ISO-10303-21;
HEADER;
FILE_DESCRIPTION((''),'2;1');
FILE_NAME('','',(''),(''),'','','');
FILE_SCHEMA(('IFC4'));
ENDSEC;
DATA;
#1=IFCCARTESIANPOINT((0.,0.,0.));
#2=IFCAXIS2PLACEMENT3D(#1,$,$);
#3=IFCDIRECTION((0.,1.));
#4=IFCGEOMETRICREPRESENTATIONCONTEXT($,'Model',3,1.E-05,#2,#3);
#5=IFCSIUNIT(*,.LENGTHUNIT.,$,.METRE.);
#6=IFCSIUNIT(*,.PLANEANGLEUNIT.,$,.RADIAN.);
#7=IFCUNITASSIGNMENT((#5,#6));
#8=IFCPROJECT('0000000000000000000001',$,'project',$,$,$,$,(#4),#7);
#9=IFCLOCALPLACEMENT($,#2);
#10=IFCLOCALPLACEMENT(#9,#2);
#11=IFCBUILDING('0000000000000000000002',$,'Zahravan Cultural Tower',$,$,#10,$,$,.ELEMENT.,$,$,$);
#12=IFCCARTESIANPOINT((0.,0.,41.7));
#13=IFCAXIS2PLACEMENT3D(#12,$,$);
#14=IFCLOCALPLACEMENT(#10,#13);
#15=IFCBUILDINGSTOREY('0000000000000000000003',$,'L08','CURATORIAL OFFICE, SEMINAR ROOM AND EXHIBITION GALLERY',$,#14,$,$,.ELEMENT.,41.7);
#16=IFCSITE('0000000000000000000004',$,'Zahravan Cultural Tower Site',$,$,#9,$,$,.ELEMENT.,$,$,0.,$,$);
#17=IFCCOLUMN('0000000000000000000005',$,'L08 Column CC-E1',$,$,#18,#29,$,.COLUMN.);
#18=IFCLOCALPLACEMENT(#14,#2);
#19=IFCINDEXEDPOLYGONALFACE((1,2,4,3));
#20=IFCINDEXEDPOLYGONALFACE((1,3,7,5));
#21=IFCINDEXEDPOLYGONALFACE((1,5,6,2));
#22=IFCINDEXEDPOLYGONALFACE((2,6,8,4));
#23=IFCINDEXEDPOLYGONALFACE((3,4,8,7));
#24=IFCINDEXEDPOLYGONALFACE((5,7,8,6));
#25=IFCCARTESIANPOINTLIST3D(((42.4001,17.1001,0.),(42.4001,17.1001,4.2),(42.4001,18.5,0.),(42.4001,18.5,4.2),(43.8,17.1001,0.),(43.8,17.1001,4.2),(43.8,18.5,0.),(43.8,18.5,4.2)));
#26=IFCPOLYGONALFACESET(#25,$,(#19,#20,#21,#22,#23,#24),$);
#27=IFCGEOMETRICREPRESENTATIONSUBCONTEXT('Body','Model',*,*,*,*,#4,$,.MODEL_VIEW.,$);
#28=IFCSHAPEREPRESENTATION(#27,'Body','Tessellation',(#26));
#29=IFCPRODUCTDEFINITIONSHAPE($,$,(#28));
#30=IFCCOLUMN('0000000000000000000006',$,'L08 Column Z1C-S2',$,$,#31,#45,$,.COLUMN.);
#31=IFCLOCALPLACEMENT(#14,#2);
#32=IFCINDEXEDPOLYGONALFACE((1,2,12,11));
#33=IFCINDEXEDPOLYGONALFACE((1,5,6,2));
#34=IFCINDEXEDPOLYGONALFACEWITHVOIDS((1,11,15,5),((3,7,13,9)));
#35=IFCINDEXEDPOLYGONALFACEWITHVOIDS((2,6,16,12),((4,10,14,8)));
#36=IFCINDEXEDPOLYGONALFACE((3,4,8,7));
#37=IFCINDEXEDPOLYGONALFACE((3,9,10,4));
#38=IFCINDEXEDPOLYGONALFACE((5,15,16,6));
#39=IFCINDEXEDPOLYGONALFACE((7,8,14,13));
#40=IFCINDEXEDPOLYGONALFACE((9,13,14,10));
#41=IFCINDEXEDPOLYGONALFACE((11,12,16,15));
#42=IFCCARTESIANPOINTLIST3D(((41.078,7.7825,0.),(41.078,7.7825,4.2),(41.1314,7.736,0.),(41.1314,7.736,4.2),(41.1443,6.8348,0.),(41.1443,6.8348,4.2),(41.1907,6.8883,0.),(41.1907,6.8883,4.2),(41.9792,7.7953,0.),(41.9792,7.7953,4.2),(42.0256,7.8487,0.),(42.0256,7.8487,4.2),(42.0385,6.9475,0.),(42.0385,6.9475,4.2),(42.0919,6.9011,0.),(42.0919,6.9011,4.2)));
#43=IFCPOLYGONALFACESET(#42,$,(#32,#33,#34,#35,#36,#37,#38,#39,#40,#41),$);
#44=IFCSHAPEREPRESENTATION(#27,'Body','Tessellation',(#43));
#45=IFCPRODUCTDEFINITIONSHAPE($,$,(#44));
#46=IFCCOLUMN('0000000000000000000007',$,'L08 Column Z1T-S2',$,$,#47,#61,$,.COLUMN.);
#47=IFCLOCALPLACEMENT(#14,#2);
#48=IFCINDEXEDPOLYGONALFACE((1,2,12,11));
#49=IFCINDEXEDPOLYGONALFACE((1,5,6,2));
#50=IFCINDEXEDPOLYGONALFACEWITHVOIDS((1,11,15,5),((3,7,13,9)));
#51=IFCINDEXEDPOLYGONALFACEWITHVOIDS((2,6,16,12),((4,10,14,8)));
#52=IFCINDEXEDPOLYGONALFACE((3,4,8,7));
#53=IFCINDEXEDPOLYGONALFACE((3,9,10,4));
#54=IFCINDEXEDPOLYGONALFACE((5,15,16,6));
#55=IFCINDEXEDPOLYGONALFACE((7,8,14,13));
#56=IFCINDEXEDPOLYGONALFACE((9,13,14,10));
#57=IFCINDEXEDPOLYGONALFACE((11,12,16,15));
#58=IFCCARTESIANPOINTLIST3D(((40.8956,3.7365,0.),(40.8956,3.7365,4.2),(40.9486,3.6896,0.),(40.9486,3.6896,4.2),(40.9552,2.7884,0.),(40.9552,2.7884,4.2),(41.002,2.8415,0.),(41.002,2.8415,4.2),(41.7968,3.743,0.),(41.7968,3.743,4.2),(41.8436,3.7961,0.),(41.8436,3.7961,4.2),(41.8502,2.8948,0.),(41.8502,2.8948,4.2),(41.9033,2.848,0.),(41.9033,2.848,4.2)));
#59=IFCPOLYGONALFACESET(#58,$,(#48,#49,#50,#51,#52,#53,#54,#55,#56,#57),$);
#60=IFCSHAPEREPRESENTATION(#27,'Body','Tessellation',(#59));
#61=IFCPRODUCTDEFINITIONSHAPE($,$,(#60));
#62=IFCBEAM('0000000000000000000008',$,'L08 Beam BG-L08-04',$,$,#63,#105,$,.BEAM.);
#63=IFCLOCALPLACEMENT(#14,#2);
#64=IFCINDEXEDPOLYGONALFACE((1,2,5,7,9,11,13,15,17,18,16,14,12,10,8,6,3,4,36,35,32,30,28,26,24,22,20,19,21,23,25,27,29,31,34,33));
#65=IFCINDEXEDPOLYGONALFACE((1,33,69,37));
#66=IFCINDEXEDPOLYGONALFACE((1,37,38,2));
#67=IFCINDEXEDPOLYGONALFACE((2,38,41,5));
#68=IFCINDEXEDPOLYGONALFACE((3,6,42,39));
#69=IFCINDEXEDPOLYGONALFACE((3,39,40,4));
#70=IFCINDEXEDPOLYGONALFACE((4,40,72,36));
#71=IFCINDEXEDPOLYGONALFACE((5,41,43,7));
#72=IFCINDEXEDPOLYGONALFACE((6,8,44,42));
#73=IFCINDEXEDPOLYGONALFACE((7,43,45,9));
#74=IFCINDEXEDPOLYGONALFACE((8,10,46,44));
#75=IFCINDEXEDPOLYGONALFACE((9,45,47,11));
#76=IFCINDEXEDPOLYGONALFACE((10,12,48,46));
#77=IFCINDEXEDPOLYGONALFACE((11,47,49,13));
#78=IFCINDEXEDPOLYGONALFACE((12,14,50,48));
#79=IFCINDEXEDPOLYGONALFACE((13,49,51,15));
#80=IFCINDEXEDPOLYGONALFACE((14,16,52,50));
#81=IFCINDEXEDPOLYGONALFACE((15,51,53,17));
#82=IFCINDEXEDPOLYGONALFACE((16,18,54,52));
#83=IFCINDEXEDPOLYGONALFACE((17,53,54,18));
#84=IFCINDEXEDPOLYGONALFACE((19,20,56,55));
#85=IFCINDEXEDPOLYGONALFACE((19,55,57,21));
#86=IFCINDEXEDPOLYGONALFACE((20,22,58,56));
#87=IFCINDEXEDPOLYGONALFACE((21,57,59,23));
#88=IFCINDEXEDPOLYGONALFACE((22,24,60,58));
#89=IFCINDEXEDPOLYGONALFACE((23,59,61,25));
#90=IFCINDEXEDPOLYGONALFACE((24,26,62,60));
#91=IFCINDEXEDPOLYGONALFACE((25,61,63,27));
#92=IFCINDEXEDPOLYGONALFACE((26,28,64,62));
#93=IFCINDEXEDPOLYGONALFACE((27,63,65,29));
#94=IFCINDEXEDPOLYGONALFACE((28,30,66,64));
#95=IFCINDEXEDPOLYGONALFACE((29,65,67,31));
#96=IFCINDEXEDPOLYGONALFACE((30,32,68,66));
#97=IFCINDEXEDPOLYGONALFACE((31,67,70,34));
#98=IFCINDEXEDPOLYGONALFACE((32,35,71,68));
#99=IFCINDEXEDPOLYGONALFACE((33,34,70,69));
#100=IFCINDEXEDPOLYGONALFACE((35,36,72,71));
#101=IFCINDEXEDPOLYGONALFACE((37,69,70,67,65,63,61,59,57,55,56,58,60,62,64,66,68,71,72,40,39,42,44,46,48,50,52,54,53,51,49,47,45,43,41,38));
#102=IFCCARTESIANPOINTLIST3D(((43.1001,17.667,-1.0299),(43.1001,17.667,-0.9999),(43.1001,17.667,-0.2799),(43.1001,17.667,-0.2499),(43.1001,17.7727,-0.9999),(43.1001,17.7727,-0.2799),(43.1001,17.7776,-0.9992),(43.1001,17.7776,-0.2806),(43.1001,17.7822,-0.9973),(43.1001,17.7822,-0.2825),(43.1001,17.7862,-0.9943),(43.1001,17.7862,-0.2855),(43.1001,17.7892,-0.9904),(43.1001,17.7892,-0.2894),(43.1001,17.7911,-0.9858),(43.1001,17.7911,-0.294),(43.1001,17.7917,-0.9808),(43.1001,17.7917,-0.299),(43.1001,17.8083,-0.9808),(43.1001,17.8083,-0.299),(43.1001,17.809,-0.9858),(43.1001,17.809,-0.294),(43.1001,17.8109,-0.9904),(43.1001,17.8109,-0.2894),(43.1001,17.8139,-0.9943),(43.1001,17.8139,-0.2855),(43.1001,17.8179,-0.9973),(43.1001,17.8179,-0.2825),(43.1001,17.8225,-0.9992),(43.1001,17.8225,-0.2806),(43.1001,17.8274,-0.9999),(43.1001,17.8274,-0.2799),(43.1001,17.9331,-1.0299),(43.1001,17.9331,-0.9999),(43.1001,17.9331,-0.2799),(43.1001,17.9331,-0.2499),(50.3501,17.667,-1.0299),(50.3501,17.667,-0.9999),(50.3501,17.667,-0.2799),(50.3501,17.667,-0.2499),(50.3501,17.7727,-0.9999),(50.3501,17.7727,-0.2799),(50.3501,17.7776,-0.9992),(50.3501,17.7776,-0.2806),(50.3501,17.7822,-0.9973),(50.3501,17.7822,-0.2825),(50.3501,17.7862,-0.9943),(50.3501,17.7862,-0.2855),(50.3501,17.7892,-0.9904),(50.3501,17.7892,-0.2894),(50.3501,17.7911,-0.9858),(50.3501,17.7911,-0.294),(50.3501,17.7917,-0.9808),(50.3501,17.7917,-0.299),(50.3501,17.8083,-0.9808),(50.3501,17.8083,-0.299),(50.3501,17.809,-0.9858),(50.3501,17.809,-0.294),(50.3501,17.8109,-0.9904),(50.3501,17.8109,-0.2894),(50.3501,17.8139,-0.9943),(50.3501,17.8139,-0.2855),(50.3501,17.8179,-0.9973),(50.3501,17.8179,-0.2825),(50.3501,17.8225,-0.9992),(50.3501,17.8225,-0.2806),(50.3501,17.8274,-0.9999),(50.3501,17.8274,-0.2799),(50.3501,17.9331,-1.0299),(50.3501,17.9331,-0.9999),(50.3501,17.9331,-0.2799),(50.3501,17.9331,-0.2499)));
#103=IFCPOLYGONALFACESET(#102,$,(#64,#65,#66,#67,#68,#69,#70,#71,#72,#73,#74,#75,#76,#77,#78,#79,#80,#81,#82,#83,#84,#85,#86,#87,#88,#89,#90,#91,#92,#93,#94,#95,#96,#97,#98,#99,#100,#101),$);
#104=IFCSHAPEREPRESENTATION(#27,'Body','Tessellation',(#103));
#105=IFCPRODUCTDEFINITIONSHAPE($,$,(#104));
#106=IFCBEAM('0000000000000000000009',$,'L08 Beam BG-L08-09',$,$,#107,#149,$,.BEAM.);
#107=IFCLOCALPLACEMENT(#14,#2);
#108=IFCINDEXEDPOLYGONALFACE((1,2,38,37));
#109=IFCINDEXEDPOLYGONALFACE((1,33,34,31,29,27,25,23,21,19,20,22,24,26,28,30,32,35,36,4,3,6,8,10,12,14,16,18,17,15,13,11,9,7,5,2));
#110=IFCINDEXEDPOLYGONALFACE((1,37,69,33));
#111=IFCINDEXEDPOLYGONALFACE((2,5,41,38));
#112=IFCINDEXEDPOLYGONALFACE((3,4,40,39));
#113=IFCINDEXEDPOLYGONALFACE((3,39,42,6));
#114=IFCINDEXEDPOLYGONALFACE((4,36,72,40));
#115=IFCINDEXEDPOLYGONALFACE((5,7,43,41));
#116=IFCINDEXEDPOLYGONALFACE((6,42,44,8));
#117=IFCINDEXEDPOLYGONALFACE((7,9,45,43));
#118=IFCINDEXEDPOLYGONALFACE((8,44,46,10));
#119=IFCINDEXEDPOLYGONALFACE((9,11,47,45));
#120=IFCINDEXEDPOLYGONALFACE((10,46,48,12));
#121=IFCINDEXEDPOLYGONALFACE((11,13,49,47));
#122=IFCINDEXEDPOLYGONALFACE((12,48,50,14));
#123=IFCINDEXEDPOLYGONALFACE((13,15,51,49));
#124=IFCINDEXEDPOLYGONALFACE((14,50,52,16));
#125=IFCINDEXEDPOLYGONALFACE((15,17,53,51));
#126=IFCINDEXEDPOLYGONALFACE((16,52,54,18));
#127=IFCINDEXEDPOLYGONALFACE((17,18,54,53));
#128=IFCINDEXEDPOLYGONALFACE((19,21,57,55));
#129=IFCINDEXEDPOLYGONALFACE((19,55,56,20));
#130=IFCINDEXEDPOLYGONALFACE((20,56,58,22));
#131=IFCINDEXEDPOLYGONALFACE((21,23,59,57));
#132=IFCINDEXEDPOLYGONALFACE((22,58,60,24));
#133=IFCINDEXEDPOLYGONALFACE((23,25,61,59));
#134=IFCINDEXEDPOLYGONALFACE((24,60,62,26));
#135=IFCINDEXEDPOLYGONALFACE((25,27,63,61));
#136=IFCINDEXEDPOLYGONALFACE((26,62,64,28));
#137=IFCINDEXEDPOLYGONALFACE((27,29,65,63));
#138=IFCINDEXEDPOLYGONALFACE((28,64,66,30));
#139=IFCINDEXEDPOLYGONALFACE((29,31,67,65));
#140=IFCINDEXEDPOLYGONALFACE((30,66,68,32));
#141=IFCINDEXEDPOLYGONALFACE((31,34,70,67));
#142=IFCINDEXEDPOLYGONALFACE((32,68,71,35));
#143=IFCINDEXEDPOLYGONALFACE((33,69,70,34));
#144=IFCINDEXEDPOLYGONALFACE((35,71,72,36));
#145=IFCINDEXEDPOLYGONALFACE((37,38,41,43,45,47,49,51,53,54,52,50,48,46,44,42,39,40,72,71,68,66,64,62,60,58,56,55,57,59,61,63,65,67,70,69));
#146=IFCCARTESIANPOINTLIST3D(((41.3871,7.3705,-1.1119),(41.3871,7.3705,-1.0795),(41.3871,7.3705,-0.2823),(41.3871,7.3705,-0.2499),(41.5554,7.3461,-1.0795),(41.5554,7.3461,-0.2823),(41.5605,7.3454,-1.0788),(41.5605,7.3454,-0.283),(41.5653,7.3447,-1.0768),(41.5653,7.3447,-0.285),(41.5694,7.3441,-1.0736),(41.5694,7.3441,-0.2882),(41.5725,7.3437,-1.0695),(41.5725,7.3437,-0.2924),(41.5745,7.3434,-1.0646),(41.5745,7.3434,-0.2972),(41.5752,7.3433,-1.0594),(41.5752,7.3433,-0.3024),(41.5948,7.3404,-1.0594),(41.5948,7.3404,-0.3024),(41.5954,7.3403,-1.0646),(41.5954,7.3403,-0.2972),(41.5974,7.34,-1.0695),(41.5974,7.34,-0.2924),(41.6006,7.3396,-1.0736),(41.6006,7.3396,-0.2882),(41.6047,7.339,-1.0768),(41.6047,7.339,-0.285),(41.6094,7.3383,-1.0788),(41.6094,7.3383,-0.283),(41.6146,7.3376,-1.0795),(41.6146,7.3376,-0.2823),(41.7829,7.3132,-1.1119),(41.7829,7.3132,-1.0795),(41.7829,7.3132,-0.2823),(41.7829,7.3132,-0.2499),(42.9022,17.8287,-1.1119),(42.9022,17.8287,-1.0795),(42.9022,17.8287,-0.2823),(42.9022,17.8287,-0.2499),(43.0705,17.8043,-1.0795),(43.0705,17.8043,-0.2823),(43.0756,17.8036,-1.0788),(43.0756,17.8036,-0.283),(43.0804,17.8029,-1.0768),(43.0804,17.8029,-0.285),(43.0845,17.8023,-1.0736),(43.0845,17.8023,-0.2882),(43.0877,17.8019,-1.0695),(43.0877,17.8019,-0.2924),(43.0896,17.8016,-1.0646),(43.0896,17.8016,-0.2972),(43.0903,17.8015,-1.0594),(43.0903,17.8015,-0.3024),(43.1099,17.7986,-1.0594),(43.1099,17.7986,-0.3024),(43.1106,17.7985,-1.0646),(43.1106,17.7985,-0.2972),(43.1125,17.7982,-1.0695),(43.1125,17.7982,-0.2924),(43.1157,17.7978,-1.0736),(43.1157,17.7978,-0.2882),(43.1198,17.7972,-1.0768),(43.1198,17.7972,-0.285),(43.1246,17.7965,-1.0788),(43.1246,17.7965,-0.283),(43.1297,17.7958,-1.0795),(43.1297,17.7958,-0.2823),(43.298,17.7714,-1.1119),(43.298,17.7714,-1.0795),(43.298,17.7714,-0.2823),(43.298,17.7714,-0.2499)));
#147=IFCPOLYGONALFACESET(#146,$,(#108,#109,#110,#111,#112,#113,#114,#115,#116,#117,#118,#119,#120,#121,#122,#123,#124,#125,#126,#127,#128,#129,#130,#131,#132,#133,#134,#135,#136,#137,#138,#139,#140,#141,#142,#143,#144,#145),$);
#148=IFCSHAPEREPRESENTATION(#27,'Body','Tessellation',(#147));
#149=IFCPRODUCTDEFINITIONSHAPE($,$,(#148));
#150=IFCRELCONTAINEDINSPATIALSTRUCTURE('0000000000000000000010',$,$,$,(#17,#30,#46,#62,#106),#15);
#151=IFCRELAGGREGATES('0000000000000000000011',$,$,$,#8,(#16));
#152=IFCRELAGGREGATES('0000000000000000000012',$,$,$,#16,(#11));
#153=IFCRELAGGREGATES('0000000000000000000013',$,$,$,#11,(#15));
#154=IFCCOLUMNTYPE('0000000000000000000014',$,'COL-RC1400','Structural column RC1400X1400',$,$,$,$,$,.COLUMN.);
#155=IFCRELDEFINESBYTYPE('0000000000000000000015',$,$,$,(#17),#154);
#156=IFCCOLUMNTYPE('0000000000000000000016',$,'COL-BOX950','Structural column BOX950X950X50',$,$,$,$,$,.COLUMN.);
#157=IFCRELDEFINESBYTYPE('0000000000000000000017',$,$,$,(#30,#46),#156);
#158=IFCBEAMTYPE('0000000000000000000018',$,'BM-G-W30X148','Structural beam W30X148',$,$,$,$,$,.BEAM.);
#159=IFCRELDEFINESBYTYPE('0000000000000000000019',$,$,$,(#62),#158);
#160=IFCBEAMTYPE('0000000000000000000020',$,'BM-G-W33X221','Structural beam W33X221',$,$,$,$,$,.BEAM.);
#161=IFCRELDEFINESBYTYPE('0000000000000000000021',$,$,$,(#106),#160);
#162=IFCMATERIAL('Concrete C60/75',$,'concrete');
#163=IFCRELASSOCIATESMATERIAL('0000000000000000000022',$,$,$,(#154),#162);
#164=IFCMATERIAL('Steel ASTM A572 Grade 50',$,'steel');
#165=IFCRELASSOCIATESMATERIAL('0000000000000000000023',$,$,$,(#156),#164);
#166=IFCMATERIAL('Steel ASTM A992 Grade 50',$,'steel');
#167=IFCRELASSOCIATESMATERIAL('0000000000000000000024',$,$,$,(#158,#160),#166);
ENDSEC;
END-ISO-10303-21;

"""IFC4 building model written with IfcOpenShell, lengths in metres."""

from ifc_helpers import new_model, si_unit, direction, frame, origin, origin_2d, place, context, subcontext, project, spatial, rectangle, hollow_rectangle, i_section, extrude, source, transform, mapped, material, material_profile, profile_set, type_object, element, save


model = new_model("IFC4")

# Units and contexts
model_context = context("Model", 3, precision=1e-05, world=origin(), true_north=direction((0.0, 1.0)))
body_context = subcontext(model_context, "Body", "Model", "MODEL_VIEW")
ifc_project = project(units=[si_unit("LENGTHUNIT", "METRE"), si_unit("PLANEANGLEUNIT", "RADIAN")], contexts=[model_context])

# Site, building, storey
site_placement = place(None, origin())
site = spatial("IfcSite", under=ifc_project, at=site_placement, Name="Zahravan Cultural Tower Site", CompositionType="ELEMENT", RefElevation=0.0)
building_placement = place(site_placement, origin())
building = spatial("IfcBuilding", under=site, at=building_placement, Name="Zahravan Cultural Tower", CompositionType="ELEMENT")
storey_placement = place(building_placement, frame((0.0, 0.0, 41.7)))
storey = spatial("IfcBuildingStorey", under=building, at=storey_placement, Name="L08", Description="CURATORIAL OFFICE, SEMINAR ROOM AND EXHIBITION GALLERY", CompositionType="ELEMENT", Elevation=41.7)

# Columns
ifc_material_1 = material(Name="Concrete C60/75", Category="concrete")
ifc_material_profile_1 = material_profile(ifc_material_1, rectangle(XDim=1.3999, YDim=1.3999, at=origin_2d()), Name="RC1400X1400")
ifc_profile_set_1 = profile_set([ifc_material_profile_1], Name="Concrete C60/75")
column_type_1 = type_object("IfcColumnType", Name="COL-RC1400", Description="Structural column RC1400X1400", PredefinedType="COLUMN", material=ifc_profile_set_1)
shared_shape_1 = source(origin(), body_context, "Body", "SweptSolid", [
    extrude(rectangle(XDim=1.3999, YDim=1.3999, at=origin_2d()), origin(), (0.0, 0.0, 1.0), 4.2),
])
column_placement = place(storey_placement, frame((43.1001, 17.8, 0.0), z_axis=(0.0, 0.0, 1.0), x_axis=(1.0, 0.0, 0.0)))
element("IfcColumn", 1, at=column_placement, inside=storey, type_object=column_type_1, Name="L08 Column CC-E1", PredefinedType="COLUMN", context=body_context, shape_type="MappedRepresentation", body=[
    mapped(shared_shape_1, transform((0.0, 0.0, 0.0), x_axis=(1.0, 0.0, 0.0), y_axis=(0.0, 1.0, 0.0), z_axis=(0.0, 0.0, 1.0), scale=1.0)),
])
ifc_material_2 = material(Name="Steel ASTM A572 Grade 50", Category="steel")
ifc_material_profile_2 = material_profile(ifc_material_2, hollow_rectangle(XDim=0.95, YDim=0.95, WallThickness=0.05, at=origin_2d()), Name="BOX950X950X50")
ifc_profile_set_2 = profile_set([ifc_material_profile_2], Name="Steel ASTM A572 Grade 50")
column_type_2 = type_object("IfcColumnType", Name="COL-BOX950", Description="Structural column BOX950X950X50", PredefinedType="COLUMN", material=ifc_profile_set_2)
shared_shape_2 = source(origin(), body_context, "Body", "SweptSolid", [
    extrude(hollow_rectangle(XDim=0.95, YDim=0.95, WallThickness=0.05, at=origin_2d()), origin(), (0.0, 0.0, 1.0), 4.2),
])
for number, where, z_axis, x_axis, name in (
    (2, (41.585, 7.3418, 0.0), (0.0, 0.0, 1.0), (-0.069756, 0.997564, 0.0), "L08 Column Z1C-S2"),
    (3, (41.3994, 3.2922, 0.0), (0.0, 0.0, 1.0), (-0.062791, 0.998027, 0.0), "L08 Column Z1T-S2"),
):
    element("IfcColumn", number, at=place(storey_placement, frame(where, z_axis=z_axis, x_axis=x_axis)), inside=storey, type_object=column_type_2, Name=name, PredefinedType="COLUMN", context=body_context, shape_type="MappedRepresentation", body=[
        mapped(shared_shape_2, transform((0.0, 0.0, 0.0), x_axis=(1.0, 0.0, 0.0), y_axis=(0.0, 1.0, 0.0), z_axis=(0.0, 0.0, 1.0), scale=1.0)),
    ])

# Beams
ifc_material_3 = material(Name="Steel ASTM A992 Grade 50", Category="steel")
ifc_material_profile_3 = material_profile(ifc_material_3, i_section(OverallWidth=0.2661, OverallDepth=0.78, WebThickness=0.0166, FlangeThickness=0.03, FilletRadius=0.019, at=origin_2d()), Name="W30X148")
ifc_profile_set_3 = profile_set([ifc_material_profile_3], Name="Steel ASTM A992 Grade 50")
beam_type_1 = type_object("IfcBeamType", Name="BM-G-W30X148", Description="Structural beam W30X148", PredefinedType="BEAM", material=ifc_profile_set_3)
shared_shape_3 = source(origin(), body_context, "Body", "SweptSolid", [
    extrude(i_section(OverallWidth=0.2661, OverallDepth=0.78, WebThickness=0.0166, FlangeThickness=0.03, FilletRadius=0.019, at=origin_2d()), origin(), (0.0, 0.0, 1.0), 7.25),
])
beam_1_placement = place(storey_placement, frame((43.1001, 17.8, -0.6399), z_axis=(1.0, 0.0, 0.0), x_axis=(0.0, 1.0, 0.0)))
element("IfcBeam", 4, at=beam_1_placement, inside=storey, type_object=beam_type_1, Name="L08 Beam BG-L08-04", PredefinedType="BEAM", context=body_context, shape_type="MappedRepresentation", body=[
    mapped(shared_shape_3, transform((0.0, 0.0, 0.0), x_axis=(1.0, 0.0, 0.0), y_axis=(0.0, 1.0, 0.0), z_axis=(0.0, 0.0, 1.0), scale=1.0)),
])
ifc_material_profile_4 = material_profile(ifc_material_3, i_section(OverallWidth=0.3999, OverallDepth=0.8621, WebThickness=0.0198, FlangeThickness=0.0325, FilletRadius=0.02, at=origin_2d()), Name="W33X221")
ifc_profile_set_4 = profile_set([ifc_material_profile_4], Name="Steel ASTM A992 Grade 50")
beam_type_2 = type_object("IfcBeamType", Name="BM-G-W33X221", Description="Structural beam W33X221", PredefinedType="BEAM", material=ifc_profile_set_4)
shared_shape_4 = source(origin(), body_context, "Body", "SweptSolid", [
    extrude(i_section(OverallWidth=0.3999, OverallDepth=0.8621, WebThickness=0.0198, FlangeThickness=0.0325, FilletRadius=0.02, at=origin_2d()), origin(), (0.0, 0.0, 1.0), 10.5674),
])
beam_2_placement = place(storey_placement, frame((43.1001, 17.8, -0.6809), z_axis=(-0.143378, -0.989668, 0.0), x_axis=(0.989668, -0.143378, 0.0)))
element("IfcBeam", 5, at=beam_2_placement, inside=storey, type_object=beam_type_2, Name="L08 Beam BG-L08-09", PredefinedType="BEAM", context=body_context, shape_type="MappedRepresentation", body=[
    mapped(shared_shape_4, transform((0.0, 0.0, 0.0), x_axis=(1.0, 0.0, 0.0), y_axis=(0.0, 1.0, 0.0), z_axis=(0.0, 0.0, 1.0), scale=1.0)),
])

save(model, "model.ifc")
